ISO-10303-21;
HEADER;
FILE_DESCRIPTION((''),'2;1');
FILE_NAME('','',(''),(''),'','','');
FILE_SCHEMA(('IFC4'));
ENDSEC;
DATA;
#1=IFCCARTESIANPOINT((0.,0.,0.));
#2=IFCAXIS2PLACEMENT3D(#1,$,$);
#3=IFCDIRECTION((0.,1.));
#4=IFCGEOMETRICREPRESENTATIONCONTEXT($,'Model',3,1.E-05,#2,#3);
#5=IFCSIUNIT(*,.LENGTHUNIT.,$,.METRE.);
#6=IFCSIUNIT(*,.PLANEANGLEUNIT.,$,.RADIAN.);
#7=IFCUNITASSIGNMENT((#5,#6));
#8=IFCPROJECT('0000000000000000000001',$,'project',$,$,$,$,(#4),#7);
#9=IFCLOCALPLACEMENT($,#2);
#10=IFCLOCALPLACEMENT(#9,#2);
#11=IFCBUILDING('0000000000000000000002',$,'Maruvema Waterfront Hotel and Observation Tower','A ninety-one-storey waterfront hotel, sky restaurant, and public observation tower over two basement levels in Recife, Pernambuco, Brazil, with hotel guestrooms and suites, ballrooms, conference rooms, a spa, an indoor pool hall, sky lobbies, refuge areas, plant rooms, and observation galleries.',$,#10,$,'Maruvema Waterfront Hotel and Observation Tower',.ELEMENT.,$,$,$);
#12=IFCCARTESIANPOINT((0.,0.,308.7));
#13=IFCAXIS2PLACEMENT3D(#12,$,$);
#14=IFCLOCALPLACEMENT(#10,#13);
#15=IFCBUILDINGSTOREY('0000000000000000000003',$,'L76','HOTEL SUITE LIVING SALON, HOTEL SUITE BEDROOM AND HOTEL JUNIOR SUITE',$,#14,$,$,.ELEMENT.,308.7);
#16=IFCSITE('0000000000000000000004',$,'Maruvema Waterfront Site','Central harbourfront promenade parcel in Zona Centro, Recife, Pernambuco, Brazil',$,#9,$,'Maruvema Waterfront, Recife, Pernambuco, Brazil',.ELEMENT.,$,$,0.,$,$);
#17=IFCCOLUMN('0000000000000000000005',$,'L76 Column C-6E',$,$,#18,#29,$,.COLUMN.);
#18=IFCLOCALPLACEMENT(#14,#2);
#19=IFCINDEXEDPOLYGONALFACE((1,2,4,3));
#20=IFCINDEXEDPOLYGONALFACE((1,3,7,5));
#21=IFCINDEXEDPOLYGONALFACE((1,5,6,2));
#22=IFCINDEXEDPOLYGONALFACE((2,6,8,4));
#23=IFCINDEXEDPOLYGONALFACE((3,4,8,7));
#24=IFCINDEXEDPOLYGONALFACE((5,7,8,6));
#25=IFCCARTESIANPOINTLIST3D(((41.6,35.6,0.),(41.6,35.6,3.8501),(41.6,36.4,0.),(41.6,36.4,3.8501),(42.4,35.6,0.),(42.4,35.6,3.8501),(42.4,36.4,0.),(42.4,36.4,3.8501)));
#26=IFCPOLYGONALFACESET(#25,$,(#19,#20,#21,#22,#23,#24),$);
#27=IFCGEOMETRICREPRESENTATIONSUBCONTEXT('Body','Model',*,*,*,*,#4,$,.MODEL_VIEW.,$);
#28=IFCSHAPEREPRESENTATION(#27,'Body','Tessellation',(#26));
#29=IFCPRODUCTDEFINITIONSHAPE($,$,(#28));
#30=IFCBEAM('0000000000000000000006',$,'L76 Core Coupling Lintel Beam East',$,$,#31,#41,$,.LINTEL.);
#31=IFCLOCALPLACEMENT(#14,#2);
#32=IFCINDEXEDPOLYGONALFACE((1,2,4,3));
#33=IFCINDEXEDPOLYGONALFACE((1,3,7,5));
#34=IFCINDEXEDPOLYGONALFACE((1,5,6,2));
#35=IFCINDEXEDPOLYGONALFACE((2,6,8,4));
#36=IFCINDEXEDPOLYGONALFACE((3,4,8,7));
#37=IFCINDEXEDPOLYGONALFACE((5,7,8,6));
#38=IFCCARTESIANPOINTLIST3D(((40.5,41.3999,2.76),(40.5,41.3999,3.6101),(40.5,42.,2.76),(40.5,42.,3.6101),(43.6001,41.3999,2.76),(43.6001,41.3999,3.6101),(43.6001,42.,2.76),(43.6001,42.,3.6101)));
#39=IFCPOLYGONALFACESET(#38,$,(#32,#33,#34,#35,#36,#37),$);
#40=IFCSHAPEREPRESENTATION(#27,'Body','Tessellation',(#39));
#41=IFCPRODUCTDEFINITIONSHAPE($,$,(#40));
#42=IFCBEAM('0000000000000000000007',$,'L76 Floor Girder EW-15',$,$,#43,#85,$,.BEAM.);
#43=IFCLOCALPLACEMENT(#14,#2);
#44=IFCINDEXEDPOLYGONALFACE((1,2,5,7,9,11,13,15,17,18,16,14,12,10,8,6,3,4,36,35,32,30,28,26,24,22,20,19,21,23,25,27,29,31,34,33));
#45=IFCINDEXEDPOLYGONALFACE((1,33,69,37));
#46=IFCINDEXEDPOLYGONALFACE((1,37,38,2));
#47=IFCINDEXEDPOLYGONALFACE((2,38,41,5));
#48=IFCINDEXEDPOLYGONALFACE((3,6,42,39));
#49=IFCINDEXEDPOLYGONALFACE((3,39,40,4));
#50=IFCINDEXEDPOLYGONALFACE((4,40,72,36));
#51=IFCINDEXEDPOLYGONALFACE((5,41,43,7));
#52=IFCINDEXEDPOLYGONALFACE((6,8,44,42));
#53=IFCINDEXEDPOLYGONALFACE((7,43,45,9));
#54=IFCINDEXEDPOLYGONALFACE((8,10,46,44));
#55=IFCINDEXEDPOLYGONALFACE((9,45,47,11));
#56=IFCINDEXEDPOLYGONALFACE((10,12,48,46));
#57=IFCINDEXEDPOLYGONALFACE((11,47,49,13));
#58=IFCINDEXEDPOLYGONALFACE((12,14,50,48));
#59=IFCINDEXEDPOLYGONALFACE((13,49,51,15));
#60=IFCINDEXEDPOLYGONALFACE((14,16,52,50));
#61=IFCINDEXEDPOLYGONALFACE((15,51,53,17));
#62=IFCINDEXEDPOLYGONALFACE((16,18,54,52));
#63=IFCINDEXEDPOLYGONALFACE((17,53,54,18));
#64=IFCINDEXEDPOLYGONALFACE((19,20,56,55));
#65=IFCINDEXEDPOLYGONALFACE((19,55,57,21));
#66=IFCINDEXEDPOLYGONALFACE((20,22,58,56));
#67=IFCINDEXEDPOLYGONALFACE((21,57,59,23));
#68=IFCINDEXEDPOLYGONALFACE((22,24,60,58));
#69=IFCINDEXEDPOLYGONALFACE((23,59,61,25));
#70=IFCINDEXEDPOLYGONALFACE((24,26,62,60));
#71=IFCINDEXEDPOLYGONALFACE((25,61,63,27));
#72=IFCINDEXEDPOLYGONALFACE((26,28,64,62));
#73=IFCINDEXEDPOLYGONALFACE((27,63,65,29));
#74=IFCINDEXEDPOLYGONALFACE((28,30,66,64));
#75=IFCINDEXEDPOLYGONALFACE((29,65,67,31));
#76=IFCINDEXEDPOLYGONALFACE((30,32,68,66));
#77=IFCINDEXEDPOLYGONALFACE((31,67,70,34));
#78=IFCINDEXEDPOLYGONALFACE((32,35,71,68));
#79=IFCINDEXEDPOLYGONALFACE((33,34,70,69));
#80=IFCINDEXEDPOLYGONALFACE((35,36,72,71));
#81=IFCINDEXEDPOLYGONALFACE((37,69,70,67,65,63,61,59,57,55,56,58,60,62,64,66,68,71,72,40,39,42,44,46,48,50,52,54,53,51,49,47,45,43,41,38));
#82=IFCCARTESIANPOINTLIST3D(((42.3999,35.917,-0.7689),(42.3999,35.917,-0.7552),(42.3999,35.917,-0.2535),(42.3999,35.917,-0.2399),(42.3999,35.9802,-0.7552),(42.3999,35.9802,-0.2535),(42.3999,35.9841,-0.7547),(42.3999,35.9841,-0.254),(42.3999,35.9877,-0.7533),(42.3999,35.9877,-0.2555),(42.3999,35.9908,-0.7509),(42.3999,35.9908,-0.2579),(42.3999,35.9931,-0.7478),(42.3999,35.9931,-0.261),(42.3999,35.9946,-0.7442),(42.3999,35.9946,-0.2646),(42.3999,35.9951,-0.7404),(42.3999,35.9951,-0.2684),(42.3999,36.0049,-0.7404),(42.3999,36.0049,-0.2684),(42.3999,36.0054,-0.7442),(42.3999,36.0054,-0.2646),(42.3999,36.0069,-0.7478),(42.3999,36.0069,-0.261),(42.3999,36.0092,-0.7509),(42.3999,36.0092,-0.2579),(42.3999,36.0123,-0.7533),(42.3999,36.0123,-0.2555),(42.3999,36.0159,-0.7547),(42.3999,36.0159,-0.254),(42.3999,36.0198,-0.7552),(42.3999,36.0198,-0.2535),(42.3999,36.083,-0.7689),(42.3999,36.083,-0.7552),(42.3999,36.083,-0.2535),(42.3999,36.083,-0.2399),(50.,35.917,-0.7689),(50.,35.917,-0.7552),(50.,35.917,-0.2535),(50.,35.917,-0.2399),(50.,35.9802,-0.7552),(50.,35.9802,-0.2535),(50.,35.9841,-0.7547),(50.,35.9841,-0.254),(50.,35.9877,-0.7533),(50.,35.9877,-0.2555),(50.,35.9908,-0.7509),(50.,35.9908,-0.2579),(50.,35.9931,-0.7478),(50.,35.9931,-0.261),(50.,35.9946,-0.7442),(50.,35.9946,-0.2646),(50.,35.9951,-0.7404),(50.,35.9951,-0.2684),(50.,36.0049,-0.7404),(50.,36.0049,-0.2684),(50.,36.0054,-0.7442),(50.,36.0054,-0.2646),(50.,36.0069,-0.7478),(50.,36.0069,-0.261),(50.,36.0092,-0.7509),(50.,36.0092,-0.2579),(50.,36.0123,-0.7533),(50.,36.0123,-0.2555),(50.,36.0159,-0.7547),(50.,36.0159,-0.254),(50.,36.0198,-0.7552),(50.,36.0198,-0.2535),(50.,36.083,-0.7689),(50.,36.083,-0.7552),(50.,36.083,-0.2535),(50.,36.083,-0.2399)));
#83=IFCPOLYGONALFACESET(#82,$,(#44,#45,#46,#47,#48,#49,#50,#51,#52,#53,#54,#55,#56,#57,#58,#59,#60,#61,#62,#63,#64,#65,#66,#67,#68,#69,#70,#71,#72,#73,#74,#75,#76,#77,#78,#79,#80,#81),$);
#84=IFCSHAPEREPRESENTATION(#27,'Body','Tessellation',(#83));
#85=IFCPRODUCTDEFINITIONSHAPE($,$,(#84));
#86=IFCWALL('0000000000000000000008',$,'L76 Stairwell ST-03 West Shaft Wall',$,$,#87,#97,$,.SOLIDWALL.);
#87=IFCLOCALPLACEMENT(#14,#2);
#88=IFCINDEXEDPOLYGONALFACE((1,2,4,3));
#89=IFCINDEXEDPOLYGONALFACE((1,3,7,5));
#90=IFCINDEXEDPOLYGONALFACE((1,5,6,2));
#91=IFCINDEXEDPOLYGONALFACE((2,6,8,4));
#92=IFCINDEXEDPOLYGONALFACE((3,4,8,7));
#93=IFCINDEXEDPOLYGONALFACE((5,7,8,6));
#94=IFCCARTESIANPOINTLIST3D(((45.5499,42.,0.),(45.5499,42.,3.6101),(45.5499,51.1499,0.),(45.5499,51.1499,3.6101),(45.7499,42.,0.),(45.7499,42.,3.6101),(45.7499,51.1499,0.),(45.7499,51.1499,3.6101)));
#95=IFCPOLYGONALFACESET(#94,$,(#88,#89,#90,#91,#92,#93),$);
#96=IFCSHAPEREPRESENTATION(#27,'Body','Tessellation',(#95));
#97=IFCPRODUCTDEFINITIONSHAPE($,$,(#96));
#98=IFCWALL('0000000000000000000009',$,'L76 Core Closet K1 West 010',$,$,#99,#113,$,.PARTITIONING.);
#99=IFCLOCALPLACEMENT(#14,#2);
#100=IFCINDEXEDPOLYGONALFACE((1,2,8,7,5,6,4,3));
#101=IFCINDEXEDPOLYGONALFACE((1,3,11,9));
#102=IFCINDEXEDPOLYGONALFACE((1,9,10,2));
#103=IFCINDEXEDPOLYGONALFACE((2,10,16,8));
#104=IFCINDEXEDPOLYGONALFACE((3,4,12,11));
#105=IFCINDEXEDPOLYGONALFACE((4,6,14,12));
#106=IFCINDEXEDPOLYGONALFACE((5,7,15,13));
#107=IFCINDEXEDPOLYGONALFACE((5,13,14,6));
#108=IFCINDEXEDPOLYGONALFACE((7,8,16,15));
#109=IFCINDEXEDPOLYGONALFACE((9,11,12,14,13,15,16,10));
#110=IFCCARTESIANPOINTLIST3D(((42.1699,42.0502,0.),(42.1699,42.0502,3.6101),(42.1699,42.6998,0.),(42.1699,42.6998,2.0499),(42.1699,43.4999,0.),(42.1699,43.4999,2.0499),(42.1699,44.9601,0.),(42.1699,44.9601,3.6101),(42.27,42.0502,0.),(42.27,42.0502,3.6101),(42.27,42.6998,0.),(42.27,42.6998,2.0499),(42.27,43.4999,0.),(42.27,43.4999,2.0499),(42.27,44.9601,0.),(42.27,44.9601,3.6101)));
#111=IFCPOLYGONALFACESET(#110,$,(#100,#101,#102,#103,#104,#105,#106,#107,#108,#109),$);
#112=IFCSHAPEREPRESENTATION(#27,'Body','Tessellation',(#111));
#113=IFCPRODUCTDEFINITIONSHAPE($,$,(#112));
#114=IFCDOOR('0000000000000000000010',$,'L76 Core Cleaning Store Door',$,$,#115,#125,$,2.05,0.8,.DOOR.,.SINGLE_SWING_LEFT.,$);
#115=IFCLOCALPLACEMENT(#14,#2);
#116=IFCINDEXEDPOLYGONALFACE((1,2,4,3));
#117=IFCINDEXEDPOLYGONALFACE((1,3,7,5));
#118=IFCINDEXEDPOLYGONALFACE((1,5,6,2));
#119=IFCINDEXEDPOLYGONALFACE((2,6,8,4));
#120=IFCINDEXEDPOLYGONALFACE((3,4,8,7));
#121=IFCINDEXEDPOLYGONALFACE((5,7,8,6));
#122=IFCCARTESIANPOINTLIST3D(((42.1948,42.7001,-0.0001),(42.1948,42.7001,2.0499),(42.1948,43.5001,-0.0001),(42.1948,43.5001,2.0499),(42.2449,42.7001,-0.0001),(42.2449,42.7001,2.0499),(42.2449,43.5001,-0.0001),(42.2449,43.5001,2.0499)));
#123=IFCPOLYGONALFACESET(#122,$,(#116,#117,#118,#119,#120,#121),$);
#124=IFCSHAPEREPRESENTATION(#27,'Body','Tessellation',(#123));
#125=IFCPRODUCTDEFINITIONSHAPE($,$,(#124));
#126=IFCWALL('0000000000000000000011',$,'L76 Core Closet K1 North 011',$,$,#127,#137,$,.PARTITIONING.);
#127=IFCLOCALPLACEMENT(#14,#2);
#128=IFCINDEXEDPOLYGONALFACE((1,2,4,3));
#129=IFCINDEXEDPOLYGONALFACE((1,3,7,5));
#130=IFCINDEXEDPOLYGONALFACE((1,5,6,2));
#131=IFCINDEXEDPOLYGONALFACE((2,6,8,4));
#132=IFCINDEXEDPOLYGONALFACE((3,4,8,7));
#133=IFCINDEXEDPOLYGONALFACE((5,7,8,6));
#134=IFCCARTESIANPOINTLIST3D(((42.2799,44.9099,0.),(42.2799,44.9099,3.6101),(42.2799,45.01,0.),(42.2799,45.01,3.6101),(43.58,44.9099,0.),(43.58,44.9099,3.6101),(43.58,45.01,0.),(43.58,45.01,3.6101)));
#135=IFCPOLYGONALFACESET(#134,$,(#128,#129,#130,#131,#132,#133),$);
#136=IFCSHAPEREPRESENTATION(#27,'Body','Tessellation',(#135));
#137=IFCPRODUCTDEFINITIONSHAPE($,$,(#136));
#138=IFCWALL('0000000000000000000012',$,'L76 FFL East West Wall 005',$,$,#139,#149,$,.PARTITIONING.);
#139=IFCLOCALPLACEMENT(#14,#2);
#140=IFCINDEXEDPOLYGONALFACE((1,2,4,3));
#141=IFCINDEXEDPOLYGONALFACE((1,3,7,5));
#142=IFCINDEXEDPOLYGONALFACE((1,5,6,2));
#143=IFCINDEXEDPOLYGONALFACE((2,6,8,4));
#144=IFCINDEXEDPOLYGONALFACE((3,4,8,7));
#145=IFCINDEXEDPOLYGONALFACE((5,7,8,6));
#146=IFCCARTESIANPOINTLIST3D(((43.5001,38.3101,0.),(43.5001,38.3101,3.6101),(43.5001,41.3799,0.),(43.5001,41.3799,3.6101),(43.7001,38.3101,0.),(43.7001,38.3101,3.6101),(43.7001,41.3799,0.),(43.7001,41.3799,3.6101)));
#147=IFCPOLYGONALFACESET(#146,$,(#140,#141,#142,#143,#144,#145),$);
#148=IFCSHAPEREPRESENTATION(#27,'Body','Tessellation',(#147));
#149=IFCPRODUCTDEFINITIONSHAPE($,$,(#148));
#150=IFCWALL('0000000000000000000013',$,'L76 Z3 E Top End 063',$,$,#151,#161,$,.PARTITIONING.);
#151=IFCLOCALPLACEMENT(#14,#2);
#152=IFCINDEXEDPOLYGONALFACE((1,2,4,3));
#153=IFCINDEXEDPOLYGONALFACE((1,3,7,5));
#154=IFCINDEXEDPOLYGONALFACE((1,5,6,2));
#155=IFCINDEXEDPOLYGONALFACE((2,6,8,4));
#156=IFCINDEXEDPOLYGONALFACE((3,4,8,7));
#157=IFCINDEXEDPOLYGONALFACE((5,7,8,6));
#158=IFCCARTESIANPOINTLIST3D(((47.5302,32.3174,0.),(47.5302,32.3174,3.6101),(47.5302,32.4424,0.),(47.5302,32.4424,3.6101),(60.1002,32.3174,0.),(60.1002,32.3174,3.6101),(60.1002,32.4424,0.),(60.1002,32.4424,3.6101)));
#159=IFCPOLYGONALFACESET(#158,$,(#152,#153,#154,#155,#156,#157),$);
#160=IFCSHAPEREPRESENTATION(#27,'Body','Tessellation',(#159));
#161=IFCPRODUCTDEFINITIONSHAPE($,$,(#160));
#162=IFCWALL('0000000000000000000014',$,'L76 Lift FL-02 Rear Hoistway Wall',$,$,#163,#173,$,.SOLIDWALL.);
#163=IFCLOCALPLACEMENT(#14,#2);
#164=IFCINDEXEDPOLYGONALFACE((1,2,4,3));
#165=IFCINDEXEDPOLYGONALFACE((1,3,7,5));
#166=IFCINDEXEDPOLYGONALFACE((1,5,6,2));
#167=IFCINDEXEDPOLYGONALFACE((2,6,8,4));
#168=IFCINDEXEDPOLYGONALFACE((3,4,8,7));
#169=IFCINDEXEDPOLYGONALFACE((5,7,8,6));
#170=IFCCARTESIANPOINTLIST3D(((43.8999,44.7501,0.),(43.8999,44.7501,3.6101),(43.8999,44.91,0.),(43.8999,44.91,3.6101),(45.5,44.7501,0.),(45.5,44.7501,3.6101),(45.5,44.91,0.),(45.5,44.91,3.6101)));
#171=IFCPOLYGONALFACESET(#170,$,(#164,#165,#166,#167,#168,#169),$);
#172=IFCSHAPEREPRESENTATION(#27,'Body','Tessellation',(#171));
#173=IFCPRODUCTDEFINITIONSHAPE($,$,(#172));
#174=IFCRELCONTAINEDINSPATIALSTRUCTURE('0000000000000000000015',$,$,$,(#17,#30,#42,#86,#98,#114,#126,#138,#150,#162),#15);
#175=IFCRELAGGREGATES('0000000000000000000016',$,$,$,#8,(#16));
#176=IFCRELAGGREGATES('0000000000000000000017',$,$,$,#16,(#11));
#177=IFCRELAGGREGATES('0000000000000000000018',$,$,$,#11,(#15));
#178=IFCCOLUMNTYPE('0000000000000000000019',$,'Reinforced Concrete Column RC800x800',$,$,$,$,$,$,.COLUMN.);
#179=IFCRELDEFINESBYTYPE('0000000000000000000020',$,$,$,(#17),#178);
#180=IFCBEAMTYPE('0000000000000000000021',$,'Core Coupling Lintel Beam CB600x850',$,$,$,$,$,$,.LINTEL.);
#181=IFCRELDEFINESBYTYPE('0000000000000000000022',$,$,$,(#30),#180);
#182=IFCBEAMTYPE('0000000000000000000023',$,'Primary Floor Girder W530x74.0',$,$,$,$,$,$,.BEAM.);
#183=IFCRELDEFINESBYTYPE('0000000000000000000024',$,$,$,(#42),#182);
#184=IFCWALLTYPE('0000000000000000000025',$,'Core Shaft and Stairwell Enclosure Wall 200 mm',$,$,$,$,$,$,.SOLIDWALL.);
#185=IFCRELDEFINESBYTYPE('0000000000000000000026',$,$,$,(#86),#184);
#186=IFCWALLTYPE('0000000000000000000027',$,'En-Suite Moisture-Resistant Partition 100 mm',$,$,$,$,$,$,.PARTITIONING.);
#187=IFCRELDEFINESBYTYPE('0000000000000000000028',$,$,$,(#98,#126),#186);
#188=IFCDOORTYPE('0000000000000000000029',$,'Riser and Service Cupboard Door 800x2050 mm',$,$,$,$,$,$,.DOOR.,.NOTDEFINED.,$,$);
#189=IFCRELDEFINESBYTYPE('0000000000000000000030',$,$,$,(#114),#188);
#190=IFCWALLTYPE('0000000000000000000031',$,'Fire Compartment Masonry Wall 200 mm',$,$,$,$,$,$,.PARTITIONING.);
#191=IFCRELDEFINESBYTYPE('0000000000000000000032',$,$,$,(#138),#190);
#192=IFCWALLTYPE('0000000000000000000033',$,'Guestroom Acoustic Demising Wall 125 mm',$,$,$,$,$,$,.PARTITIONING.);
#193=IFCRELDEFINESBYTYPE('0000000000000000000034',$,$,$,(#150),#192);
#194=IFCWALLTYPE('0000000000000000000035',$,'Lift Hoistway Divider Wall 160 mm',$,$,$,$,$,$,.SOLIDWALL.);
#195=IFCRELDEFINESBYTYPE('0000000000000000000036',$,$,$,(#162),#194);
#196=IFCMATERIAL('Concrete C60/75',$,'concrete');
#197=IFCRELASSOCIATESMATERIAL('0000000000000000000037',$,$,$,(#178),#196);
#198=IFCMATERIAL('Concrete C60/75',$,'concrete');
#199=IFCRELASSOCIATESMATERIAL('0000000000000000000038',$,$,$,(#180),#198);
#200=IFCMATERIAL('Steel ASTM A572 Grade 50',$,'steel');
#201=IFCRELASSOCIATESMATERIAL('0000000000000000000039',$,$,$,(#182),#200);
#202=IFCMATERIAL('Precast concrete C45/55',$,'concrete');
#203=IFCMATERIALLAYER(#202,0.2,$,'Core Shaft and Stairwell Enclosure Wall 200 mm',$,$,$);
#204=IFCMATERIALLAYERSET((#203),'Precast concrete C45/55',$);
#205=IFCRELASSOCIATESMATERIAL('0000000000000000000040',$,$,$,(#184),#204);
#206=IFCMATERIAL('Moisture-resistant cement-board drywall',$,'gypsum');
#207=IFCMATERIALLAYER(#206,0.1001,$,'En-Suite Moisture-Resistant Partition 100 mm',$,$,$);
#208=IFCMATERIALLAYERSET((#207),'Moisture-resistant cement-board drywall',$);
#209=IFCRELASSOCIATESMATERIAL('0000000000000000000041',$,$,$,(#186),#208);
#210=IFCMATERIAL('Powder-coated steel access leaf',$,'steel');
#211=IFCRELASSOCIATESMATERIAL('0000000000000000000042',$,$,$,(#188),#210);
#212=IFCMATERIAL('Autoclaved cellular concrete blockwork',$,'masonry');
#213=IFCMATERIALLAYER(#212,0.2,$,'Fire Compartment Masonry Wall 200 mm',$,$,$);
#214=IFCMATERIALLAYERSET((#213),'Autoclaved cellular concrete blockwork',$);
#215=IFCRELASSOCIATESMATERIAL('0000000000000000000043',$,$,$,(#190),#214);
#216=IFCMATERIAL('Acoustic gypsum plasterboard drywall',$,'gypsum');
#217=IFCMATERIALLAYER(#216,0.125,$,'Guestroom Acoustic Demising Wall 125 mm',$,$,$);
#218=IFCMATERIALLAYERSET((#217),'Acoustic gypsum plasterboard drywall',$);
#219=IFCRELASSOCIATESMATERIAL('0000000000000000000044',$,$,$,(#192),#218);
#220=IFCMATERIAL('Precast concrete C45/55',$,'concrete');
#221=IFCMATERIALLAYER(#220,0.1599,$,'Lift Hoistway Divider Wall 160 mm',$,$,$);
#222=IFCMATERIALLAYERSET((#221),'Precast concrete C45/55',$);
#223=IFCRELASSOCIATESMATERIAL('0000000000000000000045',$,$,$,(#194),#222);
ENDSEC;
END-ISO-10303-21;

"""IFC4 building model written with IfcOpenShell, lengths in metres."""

from ifc_helpers import new_model, si_unit, direction, frame, frame_2d, origin, origin_2d, place, context, subcontext, project, spatial, rectangle, i_section, extrude, material, layer, layer_set, material_profile, profile_set, type_object, element, fill, save


model = new_model("IFC4")

# Units and contexts
model_context = context("Model", 3, precision=1e-05, world=origin(), true_north=direction((0.0, 1.0)))
body_context = subcontext(model_context, "Body", "Model", "MODEL_VIEW")
ifc_project = project(units=[si_unit("LENGTHUNIT", "METRE"), si_unit("PLANEANGLEUNIT", "RADIAN")], contexts=[model_context])

# Site, building, storey
site_placement = place(None, origin())
site = spatial("IfcSite", under=ifc_project, at=site_placement, Name="Maruvema Waterfront Site", Description="Central harbourfront promenade parcel in Zona Centro, Recife, Pernambuco, Brazil", LongName="Maruvema Waterfront, Recife, Pernambuco, Brazil", CompositionType="ELEMENT", RefElevation=0.0)
building_placement = place(site_placement, origin())
building = spatial("IfcBuilding", under=site, at=building_placement, Name="Maruvema Waterfront Hotel and Observation Tower", Description="A ninety-one-storey waterfront hotel, sky restaurant, and public observation tower over two basement levels in Recife, Pernambuco, Brazil, with hotel guestrooms and suites, ballrooms, conference rooms, a spa, an indoor pool hall, sky lobbies, refuge areas, plant rooms, and observation galleries.", LongName="Maruvema Waterfront Hotel and Observation Tower", CompositionType="ELEMENT")
storey_placement = place(building_placement, frame((0.0, 0.0, 308.7)))
storey = spatial("IfcBuildingStorey", under=building, at=storey_placement, Name="L76", Description="HOTEL SUITE LIVING SALON, HOTEL SUITE BEDROOM AND HOTEL JUNIOR SUITE", CompositionType="ELEMENT", Elevation=308.7)

# Column
ifc_material_1 = material(Name="Concrete C60/75", Category="concrete")
ifc_material_profile_1 = material_profile(ifc_material_1, rectangle(XDim=0.8, YDim=0.8, at=origin_2d()), Name="RC800x800")
ifc_profile_set_1 = profile_set([ifc_material_profile_1], Name="Concrete C60/75")
column_type = type_object("IfcColumnType", Name="Reinforced Concrete Column RC800x800", PredefinedType="COLUMN", material=ifc_profile_set_1)
column_placement = place(storey_placement, frame((42.0, 36.0, 0.0), z_axis=(0.0, 0.0, 1.0), x_axis=(1.0, 0.0, 0.0)))
element("IfcColumn", 1, at=column_placement, inside=storey, type_object=column_type, Name="L76 Column C-6E", PredefinedType="COLUMN", context=body_context, shape_type="SweptSolid", body=[
    extrude(rectangle(XDim=0.8, YDim=0.8, at=origin_2d()), origin(), (0.0, 0.0, 1.0), 3.8501),
])

# Beams
ifc_material_2 = material(Name="Concrete C60/75", Category="concrete")
ifc_material_profile_2 = material_profile(ifc_material_2, rectangle(XDim=0.6001, YDim=0.8501, at=origin_2d()), Name="CB600x850")
ifc_profile_set_2 = profile_set([ifc_material_profile_2], Name="Concrete C60/75")
beam_type_1 = type_object("IfcBeamType", Name="Core Coupling Lintel Beam CB600x850", PredefinedType="LINTEL", material=ifc_profile_set_2)
beam_1_placement = place(storey_placement, frame((40.5, 41.7, 3.1851), z_axis=(1.0, 0.0, 0.0), x_axis=(0.0, 1.0, 0.0)))
element("IfcBeam", 2, at=beam_1_placement, inside=storey, type_object=beam_type_1, Name="L76 Core Coupling Lintel Beam East", PredefinedType="LINTEL", context=body_context, shape_type="SweptSolid", body=[
    extrude(rectangle(XDim=0.6001, YDim=0.8501, at=origin_2d()), origin(), (0.0, 0.0, 1.0), 3.1001),
])
ifc_material_3 = material(Name="Steel ASTM A572 Grade 50", Category="steel")
ifc_material_profile_3 = material_profile(ifc_material_3, i_section(OverallWidth=0.166, OverallDepth=0.5291, WebThickness=0.0098, FlangeThickness=0.0137, FilletRadius=0.0149, at=origin_2d()), Name="W530x74.0")
ifc_profile_set_3 = profile_set([ifc_material_profile_3], Name="Steel ASTM A572 Grade 50")
beam_type_2 = type_object("IfcBeamType", Name="Primary Floor Girder W530x74.0", PredefinedType="BEAM", material=ifc_profile_set_3)
beam_2_placement = place(storey_placement, frame((42.3999, 36.0, -0.5044), z_axis=(1.0, 0.0, 0.0), x_axis=(0.0, 1.0, 0.0)))
element("IfcBeam", 3, at=beam_2_placement, inside=storey, type_object=beam_type_2, Name="L76 Floor Girder EW-15", PredefinedType="BEAM", context=body_context, shape_type="SweptSolid", body=[
    extrude(i_section(OverallWidth=0.166, OverallDepth=0.5291, WebThickness=0.0098, FlangeThickness=0.0137, FilletRadius=0.0149, at=origin_2d()), origin(), (0.0, 0.0, 1.0), 7.6001),
])

# Wall
ifc_material_4 = material(Name="Precast concrete C45/55", Category="concrete")
ifc_layer_1 = layer(ifc_material_4, 0.2, Name="Core Shaft and Stairwell Enclosure Wall 200 mm")
ifc_layer_set_1 = layer_set([ifc_layer_1], Name="Precast concrete C45/55")
wall_type_1 = type_object("IfcWallType", Name="Core Shaft and Stairwell Enclosure Wall 200 mm", PredefinedType="SOLIDWALL", material=ifc_layer_set_1)
wall_1_placement = place(storey_placement, frame((45.6499, 42.0, 0.0), z_axis=(0.0, 0.0, 1.0), x_axis=(0.0, 1.0, 0.0)))
element("IfcWall", 4, at=wall_1_placement, inside=storey, type_object=wall_type_1, Name="L76 Stairwell ST-03 West Shaft Wall", PredefinedType="SOLIDWALL", context=body_context, shape_type="SweptSolid", body=[
    extrude(rectangle(XDim=9.1499, YDim=0.2, at=frame_2d((4.575, 0.0))), origin(), (0.0, 0.0, 1.0), 3.6101),
])

# Wall, opening, door
ifc_material_5 = material(Name="Moisture-resistant cement-board drywall", Category="gypsum")
ifc_layer_2 = layer(ifc_material_5, 0.1001, Name="En-Suite Moisture-Resistant Partition 100 mm")
ifc_layer_set_2 = layer_set([ifc_layer_2], Name="Moisture-resistant cement-board drywall")
wall_type_2 = type_object("IfcWallType", Name="En-Suite Moisture-Resistant Partition 100 mm", PredefinedType="PARTITIONING", material=ifc_layer_set_2)
wall_2_placement = place(storey_placement, frame((42.22, 42.05, 0.0), z_axis=(0.0, 0.0, 1.0), x_axis=(0.0, 1.0, 0.0)))
wall_2 = element("IfcWall", 5, at=wall_2_placement, inside=storey, type_object=wall_type_2, Name="L76 Core Closet K1 West 010", PredefinedType="PARTITIONING", context=body_context, shape_type="SweptSolid", body=[
    extrude(rectangle(XDim=2.9099, YDim=0.1001, at=frame_2d((1.4551, 0.0))), origin(), (0.0, 0.0, 1.0), 3.6101),
])
opening_1_placement = place(wall_2_placement, frame((0.6499, 0.0, 0.0)))
opening_1 = element("IfcOpeningElement", 6, at=opening_1_placement, cuts=wall_2, PredefinedType="OPENING", context=body_context, shape_type="SweptSolid", body=[
    extrude(rectangle(XDim=0.8, YDim=2.05, at=frame_2d((0.3999, 1.0249))), frame((0.0, 0.0601, 0.0), z_axis=(0.0, -1.0, 0.0), x_axis=(1.0, 0.0, 0.0)), (0.0, 0.0, 1.0), 0.1201),
])
ifc_material_6 = material(Name="Powder-coated steel access leaf", Category="steel")
door_type_1 = type_object("IfcDoorType", Name="Riser and Service Cupboard Door 800x2050 mm", OperationType="NOTDEFINED", PredefinedType="DOOR", material=ifc_material_6)
door_1_placement = place(opening_1_placement, frame((0.8, 0.0, 0.0), z_axis=(0.0, 0.0, 1.0), x_axis=(-1.0, 0.0, 0.0)))
door_1 = element("IfcDoor", 7, at=door_1_placement, inside=storey, type_object=door_type_1, Name="L76 Core Cleaning Store Door", OperationType="SINGLE_SWING_LEFT", OverallHeight=2.05, OverallWidth=0.8, PredefinedType="DOOR", context=body_context, shape_type="SweptSolid", body=[
    extrude(rectangle(XDim=0.8, YDim=2.05, at=frame_2d((0.3999, 1.0249))), frame((0.0, 0.0249, 0.0), z_axis=(0.0, -1.0, 0.0), x_axis=(1.0, 0.0, 0.0)), (0.0, 0.0, 1.0), 0.05),
])
fill(opening_1, door_1)

# Wall
wall_3_placement = place(storey_placement, frame((42.28, 44.96, 0.0), z_axis=(0.0, 0.0, 1.0), x_axis=(1.0, 0.0, 0.0)))
element("IfcWall", 8, at=wall_3_placement, inside=storey, type_object=wall_type_2, Name="L76 Core Closet K1 North 011", PredefinedType="PARTITIONING", context=body_context, shape_type="SweptSolid", body=[
    extrude(rectangle(XDim=1.3, YDim=0.1001, at=frame_2d((0.6499, 0.0))), origin(), (0.0, 0.0, 1.0), 3.6101),
])

# Shared definitions
ifc_material_7 = material(Name="Autoclaved cellular concrete blockwork", Category="masonry")
ifc_layer_3 = layer(ifc_material_7, 0.2, Name="Fire Compartment Masonry Wall 200 mm")
ifc_layer_set_3 = layer_set([ifc_layer_3], Name="Autoclaved cellular concrete blockwork")
wall_type_3 = type_object("IfcWallType", Name="Fire Compartment Masonry Wall 200 mm", PredefinedType="PARTITIONING", material=ifc_layer_set_3)

# Walls
wall_4_placement = place(storey_placement, frame((43.6001, 38.3101, 0.0), z_axis=(0.0, 0.0, 1.0), x_axis=(0.0, 1.0, 0.0)))
element("IfcWall", 9, at=wall_4_placement, inside=storey, type_object=wall_type_3, Name="L76 FFL East West Wall 005", PredefinedType="PARTITIONING", context=body_context, shape_type="SweptSolid", body=[
    extrude(rectangle(XDim=3.0698, YDim=0.2, at=frame_2d((1.5349, 0.0))), origin(), (0.0, 0.0, 1.0), 3.6101),
])
ifc_material_8 = material(Name="Acoustic gypsum plasterboard drywall", Category="gypsum")
ifc_layer_4 = layer(ifc_material_8, 0.125, Name="Guestroom Acoustic Demising Wall 125 mm")
ifc_layer_set_4 = layer_set([ifc_layer_4], Name="Acoustic gypsum plasterboard drywall")
wall_type_4 = type_object("IfcWallType", Name="Guestroom Acoustic Demising Wall 125 mm", PredefinedType="PARTITIONING", material=ifc_layer_set_4)
wall_5_placement = place(storey_placement, frame((47.53, 32.3799, 0.0), z_axis=(0.0, 0.0, 1.0), x_axis=(1.0, 0.0, 0.0)))
element("IfcWall", 10, at=wall_5_placement, inside=storey, type_object=wall_type_4, Name="L76 Z3 E Top End 063", PredefinedType="PARTITIONING", context=body_context, shape_type="SweptSolid", body=[
    extrude(rectangle(XDim=12.5701, YDim=0.125, at=frame_2d((6.2852, 0.0))), origin(), (0.0, 0.0, 1.0), 3.6101),
])
ifc_material_9 = material(Name="Precast concrete C45/55", Category="concrete")
ifc_layer_5 = layer(ifc_material_9, 0.1599, Name="Lift Hoistway Divider Wall 160 mm")
ifc_layer_set_5 = layer_set([ifc_layer_5], Name="Precast concrete C45/55")
wall_type_5 = type_object("IfcWallType", Name="Lift Hoistway Divider Wall 160 mm", PredefinedType="SOLIDWALL", material=ifc_layer_set_5)
wall_6_placement = place(storey_placement, frame((43.8999, 44.8301, 0.0), z_axis=(0.0, 0.0, 1.0), x_axis=(1.0, 0.0, 0.0)))
element("IfcWall", 11, at=wall_6_placement, inside=storey, type_object=wall_type_5, Name="L76 Lift FL-02 Rear Hoistway Wall", PredefinedType="SOLIDWALL", context=body_context, shape_type="SweptSolid", body=[
    extrude(rectangle(XDim=1.6001, YDim=0.1599, at=frame_2d((0.8, 0.0))), origin(), (0.0, 0.0, 1.0), 3.6101),
])

save(model, "model.ifc")
